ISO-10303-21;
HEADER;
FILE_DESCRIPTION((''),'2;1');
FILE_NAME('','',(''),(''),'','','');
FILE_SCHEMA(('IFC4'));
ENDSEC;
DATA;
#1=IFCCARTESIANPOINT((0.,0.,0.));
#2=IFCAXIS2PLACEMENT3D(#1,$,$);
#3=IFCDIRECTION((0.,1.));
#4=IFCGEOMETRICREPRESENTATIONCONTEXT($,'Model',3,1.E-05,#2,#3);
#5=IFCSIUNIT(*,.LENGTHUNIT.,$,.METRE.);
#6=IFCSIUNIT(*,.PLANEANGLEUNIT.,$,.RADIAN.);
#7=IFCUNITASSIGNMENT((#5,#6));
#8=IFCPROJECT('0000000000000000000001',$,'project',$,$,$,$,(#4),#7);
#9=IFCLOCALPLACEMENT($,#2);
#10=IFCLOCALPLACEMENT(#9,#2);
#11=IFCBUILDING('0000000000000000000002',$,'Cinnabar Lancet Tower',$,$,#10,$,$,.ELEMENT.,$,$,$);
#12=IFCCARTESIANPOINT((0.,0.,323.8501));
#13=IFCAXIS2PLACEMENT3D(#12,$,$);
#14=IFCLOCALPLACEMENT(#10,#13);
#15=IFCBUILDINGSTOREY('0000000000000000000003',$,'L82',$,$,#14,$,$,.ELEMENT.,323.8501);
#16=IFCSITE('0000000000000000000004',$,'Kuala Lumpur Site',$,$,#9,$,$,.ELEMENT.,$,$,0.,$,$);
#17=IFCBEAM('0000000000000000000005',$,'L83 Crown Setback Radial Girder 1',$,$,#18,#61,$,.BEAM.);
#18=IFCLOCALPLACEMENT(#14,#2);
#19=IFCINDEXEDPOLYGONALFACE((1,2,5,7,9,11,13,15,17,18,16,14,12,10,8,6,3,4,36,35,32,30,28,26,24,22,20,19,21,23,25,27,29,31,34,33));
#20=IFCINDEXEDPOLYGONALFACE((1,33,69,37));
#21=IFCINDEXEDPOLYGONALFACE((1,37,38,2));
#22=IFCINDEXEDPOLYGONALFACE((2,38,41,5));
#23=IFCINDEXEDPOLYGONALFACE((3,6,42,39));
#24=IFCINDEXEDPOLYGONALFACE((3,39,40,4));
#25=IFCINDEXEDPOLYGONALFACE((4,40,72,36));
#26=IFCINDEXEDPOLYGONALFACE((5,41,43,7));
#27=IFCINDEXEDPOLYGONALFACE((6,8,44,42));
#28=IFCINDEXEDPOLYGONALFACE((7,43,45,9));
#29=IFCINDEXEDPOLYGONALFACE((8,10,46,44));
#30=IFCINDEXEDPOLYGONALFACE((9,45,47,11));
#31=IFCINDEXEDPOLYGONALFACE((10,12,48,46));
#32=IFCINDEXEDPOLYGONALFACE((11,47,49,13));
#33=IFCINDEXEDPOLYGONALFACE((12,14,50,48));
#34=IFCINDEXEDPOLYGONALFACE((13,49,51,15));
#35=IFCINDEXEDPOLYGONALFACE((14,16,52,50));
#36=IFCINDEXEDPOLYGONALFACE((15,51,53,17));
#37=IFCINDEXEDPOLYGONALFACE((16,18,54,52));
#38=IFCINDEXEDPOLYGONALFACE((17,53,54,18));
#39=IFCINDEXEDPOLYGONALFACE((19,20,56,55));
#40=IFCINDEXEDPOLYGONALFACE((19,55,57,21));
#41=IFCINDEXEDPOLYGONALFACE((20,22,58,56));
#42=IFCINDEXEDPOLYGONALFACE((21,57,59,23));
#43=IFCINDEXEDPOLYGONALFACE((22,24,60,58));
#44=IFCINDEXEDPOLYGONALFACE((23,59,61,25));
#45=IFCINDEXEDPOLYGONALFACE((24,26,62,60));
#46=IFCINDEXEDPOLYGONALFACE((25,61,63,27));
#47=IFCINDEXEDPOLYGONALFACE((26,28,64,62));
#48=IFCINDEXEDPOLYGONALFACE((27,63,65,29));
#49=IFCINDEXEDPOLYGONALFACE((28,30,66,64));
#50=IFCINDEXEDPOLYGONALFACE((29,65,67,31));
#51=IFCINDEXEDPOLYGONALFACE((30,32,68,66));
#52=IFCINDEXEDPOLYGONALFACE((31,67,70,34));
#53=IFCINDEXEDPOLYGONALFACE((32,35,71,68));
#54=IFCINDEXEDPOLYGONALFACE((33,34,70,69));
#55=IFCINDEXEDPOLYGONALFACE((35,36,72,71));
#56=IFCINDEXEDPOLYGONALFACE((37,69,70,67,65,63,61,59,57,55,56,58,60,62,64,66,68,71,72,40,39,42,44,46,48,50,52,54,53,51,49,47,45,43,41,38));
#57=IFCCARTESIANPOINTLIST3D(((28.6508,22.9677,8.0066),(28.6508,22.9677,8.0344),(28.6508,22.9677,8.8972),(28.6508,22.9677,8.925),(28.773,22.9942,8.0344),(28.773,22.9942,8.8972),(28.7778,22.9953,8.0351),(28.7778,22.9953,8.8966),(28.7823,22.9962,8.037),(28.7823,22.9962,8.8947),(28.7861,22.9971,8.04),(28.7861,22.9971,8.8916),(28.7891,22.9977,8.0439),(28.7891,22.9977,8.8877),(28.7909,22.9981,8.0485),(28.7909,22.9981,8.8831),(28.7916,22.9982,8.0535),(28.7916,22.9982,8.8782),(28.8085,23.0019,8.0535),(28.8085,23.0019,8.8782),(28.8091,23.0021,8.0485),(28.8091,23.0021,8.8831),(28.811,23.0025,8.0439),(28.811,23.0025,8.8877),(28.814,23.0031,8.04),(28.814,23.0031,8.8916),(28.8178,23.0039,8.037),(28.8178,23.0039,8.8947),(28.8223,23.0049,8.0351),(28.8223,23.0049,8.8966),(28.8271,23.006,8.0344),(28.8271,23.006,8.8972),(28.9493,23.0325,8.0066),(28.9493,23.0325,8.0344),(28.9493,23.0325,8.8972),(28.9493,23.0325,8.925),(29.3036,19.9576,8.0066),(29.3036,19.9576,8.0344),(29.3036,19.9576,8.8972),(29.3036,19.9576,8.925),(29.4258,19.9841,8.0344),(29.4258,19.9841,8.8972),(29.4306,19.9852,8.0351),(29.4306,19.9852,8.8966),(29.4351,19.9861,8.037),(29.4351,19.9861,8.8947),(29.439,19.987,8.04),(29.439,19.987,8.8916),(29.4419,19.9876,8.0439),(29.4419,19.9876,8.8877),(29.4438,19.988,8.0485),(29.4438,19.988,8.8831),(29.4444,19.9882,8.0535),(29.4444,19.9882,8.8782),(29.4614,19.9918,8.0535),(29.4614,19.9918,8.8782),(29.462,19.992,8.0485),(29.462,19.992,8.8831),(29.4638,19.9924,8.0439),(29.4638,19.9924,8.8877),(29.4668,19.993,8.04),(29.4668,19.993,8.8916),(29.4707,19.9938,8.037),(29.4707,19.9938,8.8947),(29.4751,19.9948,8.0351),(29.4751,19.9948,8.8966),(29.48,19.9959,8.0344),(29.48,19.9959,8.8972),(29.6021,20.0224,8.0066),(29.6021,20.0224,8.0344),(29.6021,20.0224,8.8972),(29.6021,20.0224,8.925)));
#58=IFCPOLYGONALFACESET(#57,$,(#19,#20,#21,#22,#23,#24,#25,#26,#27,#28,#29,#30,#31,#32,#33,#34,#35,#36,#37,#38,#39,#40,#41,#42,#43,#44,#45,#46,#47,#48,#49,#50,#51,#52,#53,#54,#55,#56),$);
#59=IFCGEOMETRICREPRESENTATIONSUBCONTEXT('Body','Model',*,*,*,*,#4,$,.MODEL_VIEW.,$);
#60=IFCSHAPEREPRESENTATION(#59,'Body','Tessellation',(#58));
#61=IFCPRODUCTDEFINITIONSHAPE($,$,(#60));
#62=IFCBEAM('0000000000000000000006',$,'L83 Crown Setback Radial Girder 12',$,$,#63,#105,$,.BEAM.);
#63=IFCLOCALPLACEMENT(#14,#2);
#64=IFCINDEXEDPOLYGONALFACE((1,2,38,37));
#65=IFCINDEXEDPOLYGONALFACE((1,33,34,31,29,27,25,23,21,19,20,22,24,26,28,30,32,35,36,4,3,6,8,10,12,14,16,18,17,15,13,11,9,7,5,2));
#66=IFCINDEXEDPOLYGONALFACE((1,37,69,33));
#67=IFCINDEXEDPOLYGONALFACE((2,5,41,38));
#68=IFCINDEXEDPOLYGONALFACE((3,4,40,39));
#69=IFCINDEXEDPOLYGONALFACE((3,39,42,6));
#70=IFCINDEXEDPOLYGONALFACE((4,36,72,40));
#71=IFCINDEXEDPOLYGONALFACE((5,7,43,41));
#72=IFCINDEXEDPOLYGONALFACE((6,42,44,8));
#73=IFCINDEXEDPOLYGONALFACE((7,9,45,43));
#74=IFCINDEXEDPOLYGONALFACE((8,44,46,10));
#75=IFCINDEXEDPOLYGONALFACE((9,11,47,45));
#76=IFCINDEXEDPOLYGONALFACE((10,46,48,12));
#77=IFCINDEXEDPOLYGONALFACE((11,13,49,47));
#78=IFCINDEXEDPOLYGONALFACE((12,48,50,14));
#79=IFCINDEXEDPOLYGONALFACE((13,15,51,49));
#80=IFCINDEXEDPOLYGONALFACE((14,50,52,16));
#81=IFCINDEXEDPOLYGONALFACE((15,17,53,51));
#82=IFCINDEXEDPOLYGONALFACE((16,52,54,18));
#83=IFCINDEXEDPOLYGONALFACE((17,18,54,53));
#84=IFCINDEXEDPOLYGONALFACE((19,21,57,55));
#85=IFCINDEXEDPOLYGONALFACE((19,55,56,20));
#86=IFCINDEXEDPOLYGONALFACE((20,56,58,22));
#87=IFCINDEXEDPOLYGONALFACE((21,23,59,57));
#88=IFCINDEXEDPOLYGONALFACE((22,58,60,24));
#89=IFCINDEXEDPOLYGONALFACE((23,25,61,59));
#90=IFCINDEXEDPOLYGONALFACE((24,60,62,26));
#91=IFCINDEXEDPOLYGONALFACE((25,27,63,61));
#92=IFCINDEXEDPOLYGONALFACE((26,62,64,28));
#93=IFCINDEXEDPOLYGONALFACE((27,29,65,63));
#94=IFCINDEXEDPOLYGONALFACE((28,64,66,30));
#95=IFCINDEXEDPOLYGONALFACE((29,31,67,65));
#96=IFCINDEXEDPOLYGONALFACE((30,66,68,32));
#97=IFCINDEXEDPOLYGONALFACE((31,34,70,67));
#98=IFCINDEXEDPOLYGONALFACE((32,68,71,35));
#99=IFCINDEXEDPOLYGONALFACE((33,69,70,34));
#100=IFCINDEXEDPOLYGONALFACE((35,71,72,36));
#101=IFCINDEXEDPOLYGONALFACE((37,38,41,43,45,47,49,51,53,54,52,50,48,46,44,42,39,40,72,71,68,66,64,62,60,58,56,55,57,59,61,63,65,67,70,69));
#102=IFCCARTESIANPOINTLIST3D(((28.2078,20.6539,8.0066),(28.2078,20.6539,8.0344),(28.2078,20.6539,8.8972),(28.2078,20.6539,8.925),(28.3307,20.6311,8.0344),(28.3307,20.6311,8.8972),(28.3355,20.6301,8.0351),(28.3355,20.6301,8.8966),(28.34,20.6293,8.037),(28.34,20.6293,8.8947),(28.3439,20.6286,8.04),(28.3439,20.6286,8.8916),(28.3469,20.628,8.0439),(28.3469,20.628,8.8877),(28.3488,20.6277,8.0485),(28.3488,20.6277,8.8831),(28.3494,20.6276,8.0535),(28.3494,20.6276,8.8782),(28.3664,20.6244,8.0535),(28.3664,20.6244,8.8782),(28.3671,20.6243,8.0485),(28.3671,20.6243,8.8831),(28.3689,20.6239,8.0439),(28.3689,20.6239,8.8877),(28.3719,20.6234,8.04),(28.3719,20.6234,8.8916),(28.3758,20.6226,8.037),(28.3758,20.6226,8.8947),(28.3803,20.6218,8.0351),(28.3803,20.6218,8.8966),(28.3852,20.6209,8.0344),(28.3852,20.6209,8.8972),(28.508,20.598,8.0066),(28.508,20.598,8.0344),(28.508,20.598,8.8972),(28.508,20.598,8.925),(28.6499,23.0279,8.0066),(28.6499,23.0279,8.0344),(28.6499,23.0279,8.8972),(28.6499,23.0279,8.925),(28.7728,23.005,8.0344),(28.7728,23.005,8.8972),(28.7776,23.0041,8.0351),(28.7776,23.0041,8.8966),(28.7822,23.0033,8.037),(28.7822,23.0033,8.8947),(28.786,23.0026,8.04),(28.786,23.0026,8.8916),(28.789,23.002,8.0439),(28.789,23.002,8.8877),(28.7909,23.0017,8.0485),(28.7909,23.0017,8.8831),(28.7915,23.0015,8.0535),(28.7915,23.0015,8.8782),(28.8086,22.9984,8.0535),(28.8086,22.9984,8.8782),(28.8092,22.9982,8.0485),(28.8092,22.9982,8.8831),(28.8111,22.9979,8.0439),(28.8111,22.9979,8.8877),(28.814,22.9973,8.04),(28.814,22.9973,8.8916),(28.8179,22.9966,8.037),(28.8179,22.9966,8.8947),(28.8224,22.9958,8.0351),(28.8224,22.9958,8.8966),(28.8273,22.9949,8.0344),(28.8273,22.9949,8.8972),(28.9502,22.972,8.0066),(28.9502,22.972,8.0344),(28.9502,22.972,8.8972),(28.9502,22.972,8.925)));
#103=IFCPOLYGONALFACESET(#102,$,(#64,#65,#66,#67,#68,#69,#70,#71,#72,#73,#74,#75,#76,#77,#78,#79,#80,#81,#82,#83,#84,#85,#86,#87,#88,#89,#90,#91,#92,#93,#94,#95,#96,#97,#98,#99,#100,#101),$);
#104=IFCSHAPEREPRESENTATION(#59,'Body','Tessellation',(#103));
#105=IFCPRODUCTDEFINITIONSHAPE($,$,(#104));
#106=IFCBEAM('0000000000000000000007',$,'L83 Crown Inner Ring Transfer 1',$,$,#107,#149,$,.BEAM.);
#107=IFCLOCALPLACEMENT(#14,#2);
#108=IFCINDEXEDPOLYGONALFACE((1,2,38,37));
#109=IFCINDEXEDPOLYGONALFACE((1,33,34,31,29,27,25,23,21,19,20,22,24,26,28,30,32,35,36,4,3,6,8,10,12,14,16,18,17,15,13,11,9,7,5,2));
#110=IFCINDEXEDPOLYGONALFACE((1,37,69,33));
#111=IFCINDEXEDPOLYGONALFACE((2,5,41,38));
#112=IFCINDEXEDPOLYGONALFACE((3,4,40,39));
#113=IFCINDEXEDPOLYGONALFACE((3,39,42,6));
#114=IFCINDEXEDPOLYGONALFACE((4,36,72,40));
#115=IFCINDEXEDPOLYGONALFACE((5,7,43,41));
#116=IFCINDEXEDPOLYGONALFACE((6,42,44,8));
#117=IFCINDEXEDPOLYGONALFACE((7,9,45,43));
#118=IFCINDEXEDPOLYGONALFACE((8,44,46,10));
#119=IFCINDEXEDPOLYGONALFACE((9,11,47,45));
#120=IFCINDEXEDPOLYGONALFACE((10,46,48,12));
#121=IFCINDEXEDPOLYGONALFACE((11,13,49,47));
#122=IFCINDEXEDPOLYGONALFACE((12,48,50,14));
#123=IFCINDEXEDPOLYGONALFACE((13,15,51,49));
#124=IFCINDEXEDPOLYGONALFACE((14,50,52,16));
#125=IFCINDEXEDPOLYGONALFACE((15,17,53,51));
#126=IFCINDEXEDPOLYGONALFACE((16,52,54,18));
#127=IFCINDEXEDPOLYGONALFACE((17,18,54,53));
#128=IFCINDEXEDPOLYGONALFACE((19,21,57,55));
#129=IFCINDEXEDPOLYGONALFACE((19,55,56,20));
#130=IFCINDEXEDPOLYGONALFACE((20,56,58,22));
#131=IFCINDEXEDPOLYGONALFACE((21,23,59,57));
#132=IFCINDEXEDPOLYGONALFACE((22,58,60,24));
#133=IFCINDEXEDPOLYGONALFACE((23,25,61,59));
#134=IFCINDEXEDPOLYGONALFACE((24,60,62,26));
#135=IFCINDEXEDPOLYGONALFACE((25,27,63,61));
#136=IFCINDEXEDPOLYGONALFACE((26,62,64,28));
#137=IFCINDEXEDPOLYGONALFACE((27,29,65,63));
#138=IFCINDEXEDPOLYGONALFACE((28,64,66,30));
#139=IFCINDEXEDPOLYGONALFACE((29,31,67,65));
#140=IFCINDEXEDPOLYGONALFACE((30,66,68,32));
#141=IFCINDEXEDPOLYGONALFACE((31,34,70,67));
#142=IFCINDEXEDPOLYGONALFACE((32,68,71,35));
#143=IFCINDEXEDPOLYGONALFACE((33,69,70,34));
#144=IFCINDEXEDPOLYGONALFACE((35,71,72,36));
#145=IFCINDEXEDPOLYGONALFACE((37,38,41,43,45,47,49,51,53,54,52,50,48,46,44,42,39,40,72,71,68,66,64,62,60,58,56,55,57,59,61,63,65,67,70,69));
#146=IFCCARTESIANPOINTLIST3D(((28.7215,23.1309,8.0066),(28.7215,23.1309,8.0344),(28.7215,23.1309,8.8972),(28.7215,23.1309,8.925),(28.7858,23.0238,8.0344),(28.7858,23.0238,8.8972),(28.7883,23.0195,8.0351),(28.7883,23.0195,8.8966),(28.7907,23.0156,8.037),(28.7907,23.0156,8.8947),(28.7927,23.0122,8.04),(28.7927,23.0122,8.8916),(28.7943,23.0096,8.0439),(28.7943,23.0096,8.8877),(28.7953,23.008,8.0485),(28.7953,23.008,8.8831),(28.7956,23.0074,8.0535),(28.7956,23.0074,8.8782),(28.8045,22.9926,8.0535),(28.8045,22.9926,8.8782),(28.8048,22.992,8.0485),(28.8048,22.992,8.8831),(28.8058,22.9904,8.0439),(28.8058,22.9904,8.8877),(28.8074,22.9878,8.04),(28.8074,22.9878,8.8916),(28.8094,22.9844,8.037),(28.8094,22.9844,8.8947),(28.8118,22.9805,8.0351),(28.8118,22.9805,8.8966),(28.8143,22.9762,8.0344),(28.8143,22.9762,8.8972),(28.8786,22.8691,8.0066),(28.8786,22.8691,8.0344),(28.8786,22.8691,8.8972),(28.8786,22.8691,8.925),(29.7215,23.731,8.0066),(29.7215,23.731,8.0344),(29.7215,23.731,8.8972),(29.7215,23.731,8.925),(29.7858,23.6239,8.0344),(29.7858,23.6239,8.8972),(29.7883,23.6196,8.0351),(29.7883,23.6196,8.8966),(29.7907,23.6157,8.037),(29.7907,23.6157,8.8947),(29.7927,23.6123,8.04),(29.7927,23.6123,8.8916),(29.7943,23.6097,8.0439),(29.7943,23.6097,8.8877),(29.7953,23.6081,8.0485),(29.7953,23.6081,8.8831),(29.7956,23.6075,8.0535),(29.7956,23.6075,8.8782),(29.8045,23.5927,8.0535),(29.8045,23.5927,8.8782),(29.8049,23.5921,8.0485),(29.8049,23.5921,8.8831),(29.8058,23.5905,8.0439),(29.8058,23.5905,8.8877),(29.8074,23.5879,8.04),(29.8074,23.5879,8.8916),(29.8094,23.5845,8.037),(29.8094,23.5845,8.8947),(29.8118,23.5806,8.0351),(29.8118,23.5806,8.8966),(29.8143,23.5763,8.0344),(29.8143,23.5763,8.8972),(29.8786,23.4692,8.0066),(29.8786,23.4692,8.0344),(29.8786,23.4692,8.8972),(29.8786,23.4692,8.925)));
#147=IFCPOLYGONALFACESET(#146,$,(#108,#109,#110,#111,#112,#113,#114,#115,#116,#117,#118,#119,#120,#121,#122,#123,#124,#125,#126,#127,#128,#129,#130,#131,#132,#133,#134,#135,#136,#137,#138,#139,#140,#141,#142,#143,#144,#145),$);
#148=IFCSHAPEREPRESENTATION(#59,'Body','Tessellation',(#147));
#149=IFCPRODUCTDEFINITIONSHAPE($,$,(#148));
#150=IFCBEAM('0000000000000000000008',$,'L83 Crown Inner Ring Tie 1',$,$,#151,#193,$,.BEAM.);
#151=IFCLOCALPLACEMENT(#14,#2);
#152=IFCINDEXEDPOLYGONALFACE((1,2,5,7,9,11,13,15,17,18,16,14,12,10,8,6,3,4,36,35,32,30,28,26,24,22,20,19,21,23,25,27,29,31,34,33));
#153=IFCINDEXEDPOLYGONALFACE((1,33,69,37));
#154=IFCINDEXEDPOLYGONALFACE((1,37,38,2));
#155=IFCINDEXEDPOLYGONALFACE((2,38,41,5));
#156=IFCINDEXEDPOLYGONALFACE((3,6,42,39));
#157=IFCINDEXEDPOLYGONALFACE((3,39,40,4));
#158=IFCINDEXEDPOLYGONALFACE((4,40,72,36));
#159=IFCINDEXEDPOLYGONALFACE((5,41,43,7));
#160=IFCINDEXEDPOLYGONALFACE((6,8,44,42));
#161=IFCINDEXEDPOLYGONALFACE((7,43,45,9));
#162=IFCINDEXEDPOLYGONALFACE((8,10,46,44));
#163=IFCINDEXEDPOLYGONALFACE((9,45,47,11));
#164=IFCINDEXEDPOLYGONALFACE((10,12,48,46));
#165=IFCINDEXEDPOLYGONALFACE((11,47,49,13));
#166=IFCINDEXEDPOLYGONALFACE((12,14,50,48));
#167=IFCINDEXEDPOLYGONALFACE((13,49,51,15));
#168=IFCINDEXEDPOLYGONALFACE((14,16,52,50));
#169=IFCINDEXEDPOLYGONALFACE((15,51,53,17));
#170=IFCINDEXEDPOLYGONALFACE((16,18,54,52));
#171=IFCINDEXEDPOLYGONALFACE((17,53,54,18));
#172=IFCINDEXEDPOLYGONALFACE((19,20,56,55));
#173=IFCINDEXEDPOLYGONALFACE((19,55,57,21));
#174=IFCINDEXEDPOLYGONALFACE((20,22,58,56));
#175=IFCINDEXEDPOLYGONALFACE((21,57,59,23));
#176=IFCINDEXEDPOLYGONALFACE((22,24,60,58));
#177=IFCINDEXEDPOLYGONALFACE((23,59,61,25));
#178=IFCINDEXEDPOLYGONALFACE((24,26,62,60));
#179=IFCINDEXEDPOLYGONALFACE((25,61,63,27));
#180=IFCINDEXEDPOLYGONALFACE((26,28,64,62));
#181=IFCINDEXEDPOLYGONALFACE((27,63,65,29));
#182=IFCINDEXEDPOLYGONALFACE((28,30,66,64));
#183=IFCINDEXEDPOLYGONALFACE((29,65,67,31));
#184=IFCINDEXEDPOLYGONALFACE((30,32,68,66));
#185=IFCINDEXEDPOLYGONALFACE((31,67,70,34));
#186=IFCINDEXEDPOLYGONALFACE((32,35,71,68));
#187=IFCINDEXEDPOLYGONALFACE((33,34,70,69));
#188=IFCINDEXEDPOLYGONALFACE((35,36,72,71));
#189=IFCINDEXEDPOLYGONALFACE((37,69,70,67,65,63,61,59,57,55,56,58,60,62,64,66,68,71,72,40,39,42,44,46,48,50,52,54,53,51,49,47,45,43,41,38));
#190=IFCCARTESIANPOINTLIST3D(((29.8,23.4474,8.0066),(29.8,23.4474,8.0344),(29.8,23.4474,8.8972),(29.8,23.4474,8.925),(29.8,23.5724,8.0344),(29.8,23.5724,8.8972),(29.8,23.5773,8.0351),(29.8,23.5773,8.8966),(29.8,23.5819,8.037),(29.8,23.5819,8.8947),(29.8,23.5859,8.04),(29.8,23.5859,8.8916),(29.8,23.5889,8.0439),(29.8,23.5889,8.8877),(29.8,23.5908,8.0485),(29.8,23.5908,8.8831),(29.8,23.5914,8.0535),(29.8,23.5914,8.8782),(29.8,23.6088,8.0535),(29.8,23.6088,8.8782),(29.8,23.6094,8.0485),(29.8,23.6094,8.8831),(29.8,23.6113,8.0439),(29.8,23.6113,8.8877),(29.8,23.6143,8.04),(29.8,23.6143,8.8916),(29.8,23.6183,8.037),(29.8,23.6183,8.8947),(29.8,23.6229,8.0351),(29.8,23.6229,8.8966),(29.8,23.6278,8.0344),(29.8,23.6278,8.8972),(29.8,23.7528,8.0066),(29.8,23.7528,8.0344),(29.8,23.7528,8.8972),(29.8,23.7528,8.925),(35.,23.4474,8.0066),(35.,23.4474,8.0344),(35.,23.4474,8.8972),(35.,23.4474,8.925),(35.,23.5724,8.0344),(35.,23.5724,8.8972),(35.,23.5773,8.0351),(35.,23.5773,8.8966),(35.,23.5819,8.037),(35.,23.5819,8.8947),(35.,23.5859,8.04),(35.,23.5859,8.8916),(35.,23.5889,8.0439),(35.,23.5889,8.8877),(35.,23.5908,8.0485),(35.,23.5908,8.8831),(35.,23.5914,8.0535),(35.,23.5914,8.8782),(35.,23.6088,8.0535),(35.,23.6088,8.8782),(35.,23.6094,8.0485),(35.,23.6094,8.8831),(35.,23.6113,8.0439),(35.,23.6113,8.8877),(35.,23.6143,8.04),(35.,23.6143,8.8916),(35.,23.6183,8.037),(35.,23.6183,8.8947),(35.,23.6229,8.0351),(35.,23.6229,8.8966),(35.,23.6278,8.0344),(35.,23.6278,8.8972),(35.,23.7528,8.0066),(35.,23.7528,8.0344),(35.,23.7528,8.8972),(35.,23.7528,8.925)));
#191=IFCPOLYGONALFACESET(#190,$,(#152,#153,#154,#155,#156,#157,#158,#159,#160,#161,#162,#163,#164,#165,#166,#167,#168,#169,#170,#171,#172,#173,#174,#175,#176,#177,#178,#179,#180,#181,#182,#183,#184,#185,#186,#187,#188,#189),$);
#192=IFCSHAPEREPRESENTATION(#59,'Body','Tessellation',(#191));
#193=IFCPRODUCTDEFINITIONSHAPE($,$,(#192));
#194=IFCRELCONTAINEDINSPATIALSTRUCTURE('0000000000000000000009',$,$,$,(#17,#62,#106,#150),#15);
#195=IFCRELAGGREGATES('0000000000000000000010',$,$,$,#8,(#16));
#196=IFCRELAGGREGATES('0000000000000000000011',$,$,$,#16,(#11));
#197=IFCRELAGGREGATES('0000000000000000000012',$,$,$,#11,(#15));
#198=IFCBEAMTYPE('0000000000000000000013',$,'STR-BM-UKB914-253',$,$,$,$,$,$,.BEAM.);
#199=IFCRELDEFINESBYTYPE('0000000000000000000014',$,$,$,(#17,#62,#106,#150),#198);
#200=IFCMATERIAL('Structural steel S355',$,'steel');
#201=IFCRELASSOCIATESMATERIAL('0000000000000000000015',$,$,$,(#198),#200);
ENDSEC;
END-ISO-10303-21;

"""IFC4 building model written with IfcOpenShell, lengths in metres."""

from ifc_helpers import new_model, si_unit, direction, frame, origin, origin_2d, place, context, subcontext, project, spatial, i_section, extrude, material, material_profile, profile_set, type_object, element, save


model = new_model("IFC4")

# Units and contexts
model_context = context("Model", 3, precision=1e-05, world=origin(), true_north=direction((0.0, 1.0)))
body_context = subcontext(model_context, "Body", "Model", "MODEL_VIEW")
ifc_project = project(units=[si_unit("LENGTHUNIT", "METRE"), si_unit("PLANEANGLEUNIT", "RADIAN")], contexts=[model_context])

# Site, building, storey
site_placement = place(None, origin())
site = spatial("IfcSite", under=ifc_project, at=site_placement, Name="Kuala Lumpur Site", CompositionType="ELEMENT", RefElevation=0.0)
building_placement = place(site_placement, origin())
building = spatial("IfcBuilding", under=site, at=building_placement, Name="Cinnabar Lancet Tower", CompositionType="ELEMENT")
storey_placement = place(building_placement, frame((0.0, 0.0, 323.8501)))
storey = spatial("IfcBuildingStorey", under=building, at=storey_placement, Name="L82", CompositionType="ELEMENT", Elevation=323.8501)

# Beams
ifc_material_1 = material(Name="Structural steel S355", Category="steel")
ifc_material_profile_1 = material_profile(ifc_material_1, i_section(OverallWidth=0.3054, OverallDepth=0.9185, WebThickness=0.0173, FlangeThickness=0.0278, FilletRadius=0.019, at=origin_2d()), Name="UKB 914x305x253")
ifc_profile_set_1 = profile_set([ifc_material_profile_1], Name="Structural steel S355")
beam_type = type_object("IfcBeamType", Name="STR-BM-UKB914-253", PredefinedType="BEAM", material=ifc_profile_set_1)
beam_1_placement = place(storey_placement, frame((29.4529, 19.99, 8.4658), z_axis=(-0.211959, 0.977279, 0.0), x_axis=(-0.977279, -0.211959, 0.0)))
element("IfcBeam", 1, at=beam_1_placement, inside=storey, type_object=beam_type, Name="L83 Crown Setback Radial Girder 1", PredefinedType="BEAM", context=body_context, shape_type="SweptSolid", body=[
    extrude(i_section(OverallWidth=0.3054, OverallDepth=0.9185, WebThickness=0.0173, FlangeThickness=0.0278, FilletRadius=0.019, at=origin_2d()), origin(), (0.0, 0.0, 1.0), 3.0801),
])
beam_2_placement = place(storey_placement, frame((28.3579, 20.626, 8.4658), z_axis=(0.183092, 0.983096, 0.0), x_axis=(-0.983096, 0.183092, 0.0)))
element("IfcBeam", 2, at=beam_2_placement, inside=storey, type_object=beam_type, Name="L83 Crown Setback Radial Girder 12", PredefinedType="BEAM", context=body_context, shape_type="SweptSolid", body=[
    extrude(i_section(OverallWidth=0.3054, OverallDepth=0.9185, WebThickness=0.0173, FlangeThickness=0.0278, FilletRadius=0.019, at=origin_2d()), origin(), (0.0, 0.0, 1.0), 2.4148),
])
beam_3_placement = place(storey_placement, frame((28.8, 23.0, 8.4658), z_axis=(0.857456, 0.514557, 0.0), x_axis=(-0.514557, 0.857456, 0.0)))
element("IfcBeam", 3, at=beam_3_placement, inside=storey, type_object=beam_type, Name="L83 Crown Inner Ring Transfer 1", PredefinedType="BEAM", context=body_context, shape_type="SweptSolid", body=[
    extrude(i_section(OverallWidth=0.3054, OverallDepth=0.9185, WebThickness=0.0173, FlangeThickness=0.0278, FilletRadius=0.019, at=origin_2d()), origin(), (0.0, 0.0, 1.0), 1.1663),
])
beam_4_placement = place(storey_placement, frame((29.8, 23.6001, 8.4658), z_axis=(1.0, 0.0, 0.0), x_axis=(0.0, 1.0, 0.0)))
element("IfcBeam", 4, at=beam_4_placement, inside=storey, type_object=beam_type, Name="L83 Crown Inner Ring Tie 1", PredefinedType="BEAM", context=body_context, shape_type="SweptSolid", body=[
    extrude(i_section(OverallWidth=0.3054, OverallDepth=0.9185, WebThickness=0.0173, FlangeThickness=0.0278, FilletRadius=0.019, at=origin_2d()), origin(), (0.0, 0.0, 1.0), 5.2),
])

save(model, "model.ifc")
